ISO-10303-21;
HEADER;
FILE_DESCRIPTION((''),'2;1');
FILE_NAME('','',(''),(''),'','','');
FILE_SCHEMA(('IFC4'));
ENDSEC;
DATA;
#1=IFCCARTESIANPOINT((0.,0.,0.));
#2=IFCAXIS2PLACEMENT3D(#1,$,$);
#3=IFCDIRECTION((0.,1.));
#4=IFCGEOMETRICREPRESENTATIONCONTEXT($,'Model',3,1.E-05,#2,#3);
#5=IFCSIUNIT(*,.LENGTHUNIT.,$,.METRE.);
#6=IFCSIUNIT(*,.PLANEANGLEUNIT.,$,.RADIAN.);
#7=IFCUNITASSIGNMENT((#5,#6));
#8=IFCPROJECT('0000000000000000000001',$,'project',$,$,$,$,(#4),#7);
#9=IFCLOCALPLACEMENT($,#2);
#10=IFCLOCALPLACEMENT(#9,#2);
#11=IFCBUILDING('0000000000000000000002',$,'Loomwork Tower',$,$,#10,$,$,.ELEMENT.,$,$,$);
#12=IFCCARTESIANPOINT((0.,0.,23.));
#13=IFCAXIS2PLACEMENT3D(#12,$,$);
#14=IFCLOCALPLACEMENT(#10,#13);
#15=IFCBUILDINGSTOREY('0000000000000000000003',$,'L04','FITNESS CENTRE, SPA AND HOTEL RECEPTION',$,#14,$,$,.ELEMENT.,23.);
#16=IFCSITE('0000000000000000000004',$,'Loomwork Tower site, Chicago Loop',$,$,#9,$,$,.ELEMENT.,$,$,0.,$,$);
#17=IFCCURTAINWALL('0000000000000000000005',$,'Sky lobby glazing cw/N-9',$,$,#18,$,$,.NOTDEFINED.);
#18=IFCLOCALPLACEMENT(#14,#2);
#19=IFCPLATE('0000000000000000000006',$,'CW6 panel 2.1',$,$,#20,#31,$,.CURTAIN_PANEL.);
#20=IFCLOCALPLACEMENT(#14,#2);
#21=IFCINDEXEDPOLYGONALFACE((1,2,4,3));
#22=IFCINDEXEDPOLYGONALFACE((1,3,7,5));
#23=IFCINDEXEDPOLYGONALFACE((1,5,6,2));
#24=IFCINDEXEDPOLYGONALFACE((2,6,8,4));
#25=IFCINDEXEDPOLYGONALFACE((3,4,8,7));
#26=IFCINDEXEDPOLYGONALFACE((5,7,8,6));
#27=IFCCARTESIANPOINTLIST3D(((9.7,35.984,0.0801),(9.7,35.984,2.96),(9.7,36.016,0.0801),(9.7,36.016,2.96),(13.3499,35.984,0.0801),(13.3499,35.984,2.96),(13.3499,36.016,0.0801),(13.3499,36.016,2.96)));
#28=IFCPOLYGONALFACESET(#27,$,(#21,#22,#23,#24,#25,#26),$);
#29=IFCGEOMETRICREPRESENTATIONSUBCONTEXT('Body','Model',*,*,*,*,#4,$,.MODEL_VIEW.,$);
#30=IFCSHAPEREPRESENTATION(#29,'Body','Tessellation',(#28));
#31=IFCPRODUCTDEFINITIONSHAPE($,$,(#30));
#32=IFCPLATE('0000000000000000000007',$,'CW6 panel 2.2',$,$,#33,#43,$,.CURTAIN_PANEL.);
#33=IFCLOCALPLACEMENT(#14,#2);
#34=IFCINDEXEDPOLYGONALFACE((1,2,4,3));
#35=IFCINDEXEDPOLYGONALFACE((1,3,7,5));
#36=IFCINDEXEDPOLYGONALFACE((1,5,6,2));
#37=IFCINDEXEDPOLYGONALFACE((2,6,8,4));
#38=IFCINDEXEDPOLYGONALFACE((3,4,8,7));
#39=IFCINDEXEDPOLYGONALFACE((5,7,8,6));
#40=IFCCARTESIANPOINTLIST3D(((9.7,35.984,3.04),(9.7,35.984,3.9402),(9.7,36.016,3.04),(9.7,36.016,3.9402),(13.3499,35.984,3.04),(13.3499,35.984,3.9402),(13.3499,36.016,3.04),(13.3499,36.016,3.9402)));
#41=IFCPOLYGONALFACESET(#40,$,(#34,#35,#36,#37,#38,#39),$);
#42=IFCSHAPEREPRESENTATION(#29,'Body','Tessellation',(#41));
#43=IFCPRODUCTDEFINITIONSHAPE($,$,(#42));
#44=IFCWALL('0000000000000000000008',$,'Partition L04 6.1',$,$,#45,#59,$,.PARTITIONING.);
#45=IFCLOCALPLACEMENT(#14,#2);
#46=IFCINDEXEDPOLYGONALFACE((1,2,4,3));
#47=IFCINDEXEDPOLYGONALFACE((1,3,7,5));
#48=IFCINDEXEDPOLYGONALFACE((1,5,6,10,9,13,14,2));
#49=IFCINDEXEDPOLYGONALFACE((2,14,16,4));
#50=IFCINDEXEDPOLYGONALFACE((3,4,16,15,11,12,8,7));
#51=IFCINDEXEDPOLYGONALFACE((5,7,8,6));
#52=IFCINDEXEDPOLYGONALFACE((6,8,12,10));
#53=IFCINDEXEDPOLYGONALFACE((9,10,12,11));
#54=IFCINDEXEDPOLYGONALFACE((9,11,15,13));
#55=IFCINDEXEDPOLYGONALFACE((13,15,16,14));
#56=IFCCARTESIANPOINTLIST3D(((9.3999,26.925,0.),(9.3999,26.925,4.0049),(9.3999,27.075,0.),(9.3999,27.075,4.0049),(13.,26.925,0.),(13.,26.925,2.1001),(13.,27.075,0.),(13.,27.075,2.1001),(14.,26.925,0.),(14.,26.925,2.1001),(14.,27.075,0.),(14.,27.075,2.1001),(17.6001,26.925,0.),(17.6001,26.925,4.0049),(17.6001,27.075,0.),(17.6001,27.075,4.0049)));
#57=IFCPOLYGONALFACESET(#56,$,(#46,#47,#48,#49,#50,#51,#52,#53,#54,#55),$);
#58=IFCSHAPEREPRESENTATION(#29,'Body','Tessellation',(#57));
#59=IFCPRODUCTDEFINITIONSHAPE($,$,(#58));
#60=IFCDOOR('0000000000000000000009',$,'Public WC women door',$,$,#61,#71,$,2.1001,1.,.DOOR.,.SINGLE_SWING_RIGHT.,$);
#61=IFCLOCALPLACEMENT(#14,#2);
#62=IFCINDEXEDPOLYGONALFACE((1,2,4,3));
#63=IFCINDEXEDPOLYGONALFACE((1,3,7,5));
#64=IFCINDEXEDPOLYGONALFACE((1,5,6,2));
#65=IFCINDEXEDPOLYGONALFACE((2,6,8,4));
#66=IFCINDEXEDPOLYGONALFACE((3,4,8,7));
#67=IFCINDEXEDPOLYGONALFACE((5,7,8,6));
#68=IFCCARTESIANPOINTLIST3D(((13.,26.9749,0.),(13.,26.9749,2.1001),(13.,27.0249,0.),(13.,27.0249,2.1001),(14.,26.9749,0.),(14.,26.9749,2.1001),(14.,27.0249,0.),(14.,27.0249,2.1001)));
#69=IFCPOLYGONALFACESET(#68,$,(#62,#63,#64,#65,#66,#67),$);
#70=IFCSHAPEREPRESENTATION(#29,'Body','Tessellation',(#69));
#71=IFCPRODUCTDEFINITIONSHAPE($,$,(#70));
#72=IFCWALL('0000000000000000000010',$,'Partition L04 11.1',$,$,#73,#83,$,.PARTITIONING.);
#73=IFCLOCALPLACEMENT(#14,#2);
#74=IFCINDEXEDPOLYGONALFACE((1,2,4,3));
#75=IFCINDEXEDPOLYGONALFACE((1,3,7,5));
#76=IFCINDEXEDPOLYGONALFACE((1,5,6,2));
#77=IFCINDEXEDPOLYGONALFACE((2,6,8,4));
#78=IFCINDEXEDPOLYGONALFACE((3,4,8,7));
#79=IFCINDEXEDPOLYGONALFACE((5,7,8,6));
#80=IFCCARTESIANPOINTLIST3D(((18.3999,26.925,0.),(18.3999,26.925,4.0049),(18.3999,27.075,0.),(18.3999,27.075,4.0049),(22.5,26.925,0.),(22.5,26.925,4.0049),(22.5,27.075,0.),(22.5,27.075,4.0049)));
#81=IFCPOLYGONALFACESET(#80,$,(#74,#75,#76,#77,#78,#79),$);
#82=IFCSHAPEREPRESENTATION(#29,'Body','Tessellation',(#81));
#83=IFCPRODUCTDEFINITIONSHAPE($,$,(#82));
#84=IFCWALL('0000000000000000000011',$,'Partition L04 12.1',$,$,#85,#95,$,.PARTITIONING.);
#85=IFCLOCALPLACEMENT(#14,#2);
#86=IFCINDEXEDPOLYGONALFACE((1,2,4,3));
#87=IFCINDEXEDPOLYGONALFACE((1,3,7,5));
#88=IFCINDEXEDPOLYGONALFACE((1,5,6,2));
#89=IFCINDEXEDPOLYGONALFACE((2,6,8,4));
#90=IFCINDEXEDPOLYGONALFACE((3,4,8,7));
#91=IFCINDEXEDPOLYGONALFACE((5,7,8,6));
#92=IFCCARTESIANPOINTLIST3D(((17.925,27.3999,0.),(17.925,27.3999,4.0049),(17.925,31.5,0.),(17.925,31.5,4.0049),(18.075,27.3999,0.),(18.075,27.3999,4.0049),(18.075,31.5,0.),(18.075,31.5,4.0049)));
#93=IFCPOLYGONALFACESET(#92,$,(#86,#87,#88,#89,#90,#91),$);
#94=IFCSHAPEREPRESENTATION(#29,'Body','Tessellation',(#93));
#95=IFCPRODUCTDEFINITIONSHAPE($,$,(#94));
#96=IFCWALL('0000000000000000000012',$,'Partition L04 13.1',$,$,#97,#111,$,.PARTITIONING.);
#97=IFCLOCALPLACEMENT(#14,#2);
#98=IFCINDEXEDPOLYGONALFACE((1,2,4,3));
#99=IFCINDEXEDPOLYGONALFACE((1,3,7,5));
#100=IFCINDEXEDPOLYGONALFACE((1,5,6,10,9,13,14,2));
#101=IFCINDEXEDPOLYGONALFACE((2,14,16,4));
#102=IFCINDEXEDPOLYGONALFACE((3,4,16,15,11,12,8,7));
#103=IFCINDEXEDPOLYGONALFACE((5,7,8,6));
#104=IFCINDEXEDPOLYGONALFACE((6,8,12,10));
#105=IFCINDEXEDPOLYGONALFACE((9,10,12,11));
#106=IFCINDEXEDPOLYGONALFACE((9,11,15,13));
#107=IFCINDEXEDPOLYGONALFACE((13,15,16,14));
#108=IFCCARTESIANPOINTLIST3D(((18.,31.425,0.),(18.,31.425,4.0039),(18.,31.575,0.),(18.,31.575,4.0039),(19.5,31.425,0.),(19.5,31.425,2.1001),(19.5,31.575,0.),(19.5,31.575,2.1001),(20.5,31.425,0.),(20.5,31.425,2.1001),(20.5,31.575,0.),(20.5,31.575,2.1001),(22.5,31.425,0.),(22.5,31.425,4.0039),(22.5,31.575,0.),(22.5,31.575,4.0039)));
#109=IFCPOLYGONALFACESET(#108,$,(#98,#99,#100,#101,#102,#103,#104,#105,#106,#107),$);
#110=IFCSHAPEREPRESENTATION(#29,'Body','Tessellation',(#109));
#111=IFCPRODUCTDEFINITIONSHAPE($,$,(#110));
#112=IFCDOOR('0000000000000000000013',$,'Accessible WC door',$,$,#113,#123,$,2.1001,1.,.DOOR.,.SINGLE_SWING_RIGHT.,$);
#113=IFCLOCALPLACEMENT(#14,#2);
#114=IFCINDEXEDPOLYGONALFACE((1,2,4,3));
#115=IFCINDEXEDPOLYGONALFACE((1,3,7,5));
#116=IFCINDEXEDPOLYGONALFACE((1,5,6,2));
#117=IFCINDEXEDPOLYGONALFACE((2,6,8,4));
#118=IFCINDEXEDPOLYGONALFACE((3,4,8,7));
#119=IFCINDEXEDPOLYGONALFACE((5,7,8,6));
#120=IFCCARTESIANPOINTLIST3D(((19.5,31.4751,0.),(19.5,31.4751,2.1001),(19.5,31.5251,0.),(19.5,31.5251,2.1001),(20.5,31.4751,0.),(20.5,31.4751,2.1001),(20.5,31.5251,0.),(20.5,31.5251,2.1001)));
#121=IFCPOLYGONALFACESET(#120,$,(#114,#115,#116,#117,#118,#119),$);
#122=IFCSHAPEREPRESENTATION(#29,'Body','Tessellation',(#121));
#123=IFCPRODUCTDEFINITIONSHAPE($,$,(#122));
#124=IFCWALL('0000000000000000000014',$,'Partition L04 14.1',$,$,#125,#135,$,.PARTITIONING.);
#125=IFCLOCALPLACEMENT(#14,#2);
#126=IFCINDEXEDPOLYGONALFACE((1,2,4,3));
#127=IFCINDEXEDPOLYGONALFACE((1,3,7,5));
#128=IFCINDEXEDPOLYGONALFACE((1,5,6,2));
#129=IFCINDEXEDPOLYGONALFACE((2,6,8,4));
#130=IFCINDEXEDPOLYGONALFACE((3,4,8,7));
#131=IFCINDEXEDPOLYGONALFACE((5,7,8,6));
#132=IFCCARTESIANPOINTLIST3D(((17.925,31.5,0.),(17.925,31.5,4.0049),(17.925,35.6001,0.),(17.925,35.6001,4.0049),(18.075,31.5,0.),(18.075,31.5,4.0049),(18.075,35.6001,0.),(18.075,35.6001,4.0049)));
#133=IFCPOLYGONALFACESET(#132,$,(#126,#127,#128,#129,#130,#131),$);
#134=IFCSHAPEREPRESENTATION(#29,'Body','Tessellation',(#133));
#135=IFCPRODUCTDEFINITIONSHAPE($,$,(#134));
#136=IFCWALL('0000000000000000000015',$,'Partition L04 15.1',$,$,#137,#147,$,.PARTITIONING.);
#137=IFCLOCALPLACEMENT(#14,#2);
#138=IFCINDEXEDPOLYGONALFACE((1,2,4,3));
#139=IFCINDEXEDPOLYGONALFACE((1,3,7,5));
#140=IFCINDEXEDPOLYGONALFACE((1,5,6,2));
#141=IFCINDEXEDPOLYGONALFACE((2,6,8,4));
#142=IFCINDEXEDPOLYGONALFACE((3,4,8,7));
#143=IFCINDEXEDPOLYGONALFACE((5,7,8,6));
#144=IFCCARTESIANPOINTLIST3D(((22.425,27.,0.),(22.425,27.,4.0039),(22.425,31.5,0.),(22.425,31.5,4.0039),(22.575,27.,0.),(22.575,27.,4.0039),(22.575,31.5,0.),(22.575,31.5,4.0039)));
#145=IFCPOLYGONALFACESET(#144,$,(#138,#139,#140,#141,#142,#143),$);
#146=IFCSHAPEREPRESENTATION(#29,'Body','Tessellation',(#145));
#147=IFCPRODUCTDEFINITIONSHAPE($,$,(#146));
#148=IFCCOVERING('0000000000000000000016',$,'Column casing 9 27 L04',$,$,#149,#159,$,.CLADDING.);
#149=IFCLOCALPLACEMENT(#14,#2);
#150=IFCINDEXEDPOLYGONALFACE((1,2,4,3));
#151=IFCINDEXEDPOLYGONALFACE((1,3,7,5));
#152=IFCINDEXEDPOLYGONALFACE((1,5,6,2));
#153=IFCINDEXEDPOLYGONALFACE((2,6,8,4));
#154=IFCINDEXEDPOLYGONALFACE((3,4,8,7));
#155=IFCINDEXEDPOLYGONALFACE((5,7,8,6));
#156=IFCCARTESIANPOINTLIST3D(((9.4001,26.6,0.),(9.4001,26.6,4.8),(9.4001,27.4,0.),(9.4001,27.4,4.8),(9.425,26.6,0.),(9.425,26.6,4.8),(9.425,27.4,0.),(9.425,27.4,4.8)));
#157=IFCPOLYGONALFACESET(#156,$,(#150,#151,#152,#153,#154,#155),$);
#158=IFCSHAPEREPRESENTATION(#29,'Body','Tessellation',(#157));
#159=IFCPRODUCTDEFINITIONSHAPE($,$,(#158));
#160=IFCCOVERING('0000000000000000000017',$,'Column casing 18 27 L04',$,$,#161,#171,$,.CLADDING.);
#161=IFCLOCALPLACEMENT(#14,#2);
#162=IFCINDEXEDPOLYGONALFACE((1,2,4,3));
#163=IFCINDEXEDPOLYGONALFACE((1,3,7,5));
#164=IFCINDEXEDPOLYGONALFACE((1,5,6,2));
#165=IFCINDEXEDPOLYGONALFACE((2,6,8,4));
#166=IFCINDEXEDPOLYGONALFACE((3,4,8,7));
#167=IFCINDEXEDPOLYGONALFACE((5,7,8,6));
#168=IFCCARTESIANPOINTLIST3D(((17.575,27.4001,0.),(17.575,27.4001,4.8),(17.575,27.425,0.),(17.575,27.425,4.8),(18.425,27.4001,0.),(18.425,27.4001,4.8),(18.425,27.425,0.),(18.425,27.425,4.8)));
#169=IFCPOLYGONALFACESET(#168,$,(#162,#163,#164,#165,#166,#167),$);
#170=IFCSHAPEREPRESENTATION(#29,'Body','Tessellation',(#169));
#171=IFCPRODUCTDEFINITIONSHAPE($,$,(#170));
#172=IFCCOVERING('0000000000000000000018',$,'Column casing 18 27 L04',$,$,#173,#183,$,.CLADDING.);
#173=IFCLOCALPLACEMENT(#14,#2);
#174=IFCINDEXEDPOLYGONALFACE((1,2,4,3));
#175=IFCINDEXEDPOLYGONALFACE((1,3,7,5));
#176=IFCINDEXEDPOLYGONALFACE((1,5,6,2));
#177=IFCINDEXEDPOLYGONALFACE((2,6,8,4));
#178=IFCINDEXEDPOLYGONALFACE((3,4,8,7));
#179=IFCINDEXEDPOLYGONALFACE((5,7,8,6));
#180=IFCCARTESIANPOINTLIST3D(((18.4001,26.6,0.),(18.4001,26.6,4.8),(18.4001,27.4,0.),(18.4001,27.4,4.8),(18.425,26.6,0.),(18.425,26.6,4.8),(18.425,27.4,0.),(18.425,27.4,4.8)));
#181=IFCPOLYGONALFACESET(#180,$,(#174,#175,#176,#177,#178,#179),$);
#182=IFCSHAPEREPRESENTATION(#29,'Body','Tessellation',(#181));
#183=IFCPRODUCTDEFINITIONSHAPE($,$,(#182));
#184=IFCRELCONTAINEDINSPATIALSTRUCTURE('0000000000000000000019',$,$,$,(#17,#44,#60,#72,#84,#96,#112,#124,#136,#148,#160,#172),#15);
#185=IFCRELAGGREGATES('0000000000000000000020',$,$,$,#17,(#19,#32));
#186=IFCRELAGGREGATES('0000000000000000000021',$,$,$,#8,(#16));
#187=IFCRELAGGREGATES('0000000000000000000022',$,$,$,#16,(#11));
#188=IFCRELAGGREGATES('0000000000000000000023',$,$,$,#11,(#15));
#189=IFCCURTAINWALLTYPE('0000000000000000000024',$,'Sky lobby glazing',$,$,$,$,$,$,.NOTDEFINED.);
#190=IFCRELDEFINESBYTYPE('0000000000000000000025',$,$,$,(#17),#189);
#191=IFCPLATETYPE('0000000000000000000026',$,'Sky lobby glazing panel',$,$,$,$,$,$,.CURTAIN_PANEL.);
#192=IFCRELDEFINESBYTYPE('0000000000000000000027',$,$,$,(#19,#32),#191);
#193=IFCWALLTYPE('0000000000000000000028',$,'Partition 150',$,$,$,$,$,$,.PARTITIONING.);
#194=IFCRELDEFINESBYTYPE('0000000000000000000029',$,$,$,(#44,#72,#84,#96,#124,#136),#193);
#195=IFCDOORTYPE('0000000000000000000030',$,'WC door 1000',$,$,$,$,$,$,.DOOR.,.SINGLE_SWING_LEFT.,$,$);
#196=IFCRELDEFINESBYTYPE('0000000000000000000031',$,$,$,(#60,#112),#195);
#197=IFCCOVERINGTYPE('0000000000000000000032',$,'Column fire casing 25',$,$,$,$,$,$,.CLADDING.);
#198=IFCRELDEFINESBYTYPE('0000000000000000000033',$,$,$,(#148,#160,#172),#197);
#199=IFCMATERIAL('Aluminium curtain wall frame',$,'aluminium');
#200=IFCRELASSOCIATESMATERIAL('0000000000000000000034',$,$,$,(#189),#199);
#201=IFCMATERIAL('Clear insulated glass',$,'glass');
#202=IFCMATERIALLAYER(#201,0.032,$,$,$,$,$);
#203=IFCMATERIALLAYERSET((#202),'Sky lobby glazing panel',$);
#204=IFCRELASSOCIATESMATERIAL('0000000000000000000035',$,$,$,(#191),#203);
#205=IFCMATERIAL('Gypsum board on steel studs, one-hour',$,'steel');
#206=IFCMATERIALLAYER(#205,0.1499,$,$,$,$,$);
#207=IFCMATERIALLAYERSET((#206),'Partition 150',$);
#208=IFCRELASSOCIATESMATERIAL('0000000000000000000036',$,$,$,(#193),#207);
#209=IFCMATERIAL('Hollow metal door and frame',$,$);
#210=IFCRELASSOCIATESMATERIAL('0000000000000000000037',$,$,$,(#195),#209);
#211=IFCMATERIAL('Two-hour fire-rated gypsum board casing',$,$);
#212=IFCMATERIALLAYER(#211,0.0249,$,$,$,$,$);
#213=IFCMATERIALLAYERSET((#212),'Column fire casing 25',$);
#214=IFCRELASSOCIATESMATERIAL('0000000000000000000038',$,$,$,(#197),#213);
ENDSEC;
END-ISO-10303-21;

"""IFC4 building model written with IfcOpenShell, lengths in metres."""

from ifc_helpers import new_model, si_unit, direction, frame, frame_2d, origin, origin_2d, place, context, subcontext, project, spatial, rectangle, extrude, material, layer, layer_set, type_object, element, fill, aggregate, save


model = new_model("IFC4")

# Units and contexts
model_context = context("Model", 3, precision=1e-05, world=origin(), true_north=direction((0.0, 1.0)))
body_context = subcontext(model_context, "Body", "Model", "MODEL_VIEW")
ifc_project = project(units=[si_unit("LENGTHUNIT", "METRE"), si_unit("PLANEANGLEUNIT", "RADIAN")], contexts=[model_context])

# Site, building, storey
site_placement = place(None, origin())
site = spatial("IfcSite", under=ifc_project, at=site_placement, Name="Loomwork Tower site, Chicago Loop", CompositionType="ELEMENT", RefElevation=0.0)
building_placement = place(site_placement, origin())
building = spatial("IfcBuilding", under=site, at=building_placement, Name="Loomwork Tower", CompositionType="ELEMENT")
storey_placement = place(building_placement, frame((0.0, 0.0, 23.0)))
storey = spatial("IfcBuildingStorey", under=building, at=storey_placement, Name="L04", Description="FITNESS CENTRE, SPA AND HOTEL RECEPTION", CompositionType="ELEMENT", Elevation=23.0)

# Curtain wall
ifc_material_1 = material(Name="Aluminium curtain wall frame", Category="aluminium")
curtain_wall_type = type_object("IfcCurtainWallType", Name="Sky lobby glazing", PredefinedType="NOTDEFINED", material=ifc_material_1)
curtain_wall_placement = place(storey_placement, origin())
curtain_wall = element("IfcCurtainWall", 1, at=curtain_wall_placement, inside=storey, type_object=curtain_wall_type, Name="Sky lobby glazing cw/N-9", PredefinedType="NOTDEFINED")

# Plates
ifc_material_2 = material(Name="Clear insulated glass", Category="glass")
ifc_layer_1 = layer(ifc_material_2, 0.032)
ifc_layer_set_1 = layer_set([ifc_layer_1], Name="Sky lobby glazing panel")
plate_type = type_object("IfcPlateType", Name="Sky lobby glazing panel", PredefinedType="CURTAIN_PANEL", material=ifc_layer_set_1)
plate_1_placement = place(storey_placement, frame((11.5249, 36.0, 0.0801), z_axis=(0.0, 0.0, 1.0), x_axis=(-1.0, 0.0, 0.0)))
plate_1 = element("IfcPlate", 2, at=plate_1_placement, type_object=plate_type, Name="CW6 panel 2.1", PredefinedType="CURTAIN_PANEL", context=body_context, shape_type="SweptSolid", body=[
    extrude(rectangle(XDim=3.6499, YDim=0.032, at=origin_2d()), origin(), (0.0, 0.0, 1.0), 2.8799),
])
plate_2_placement = place(storey_placement, frame((11.5249, 36.0, 3.04), z_axis=(0.0, 0.0, 1.0), x_axis=(-1.0, 0.0, 0.0)))
plate_2 = element("IfcPlate", 3, at=plate_2_placement, type_object=plate_type, Name="CW6 panel 2.2", PredefinedType="CURTAIN_PANEL", context=body_context, shape_type="SweptSolid", body=[
    extrude(rectangle(XDim=3.6499, YDim=0.032, at=origin_2d()), origin(), (0.0, 0.0, 1.0), 0.9001),
])
aggregate(curtain_wall, [plate_1, plate_2])

# Wall, opening, door
ifc_material_3 = material(Name="Gypsum board on steel studs, one-hour", Category="steel")
ifc_layer_2 = layer(ifc_material_3, 0.1499)
ifc_layer_set_2 = layer_set([ifc_layer_2], Name="Partition 150")
wall_type = type_object("IfcWallType", Name="Partition 150", PredefinedType="PARTITIONING", material=ifc_layer_set_2)
wall_1_placement = place(storey_placement, frame((17.6001, 27.0, 0.0), z_axis=(0.0, 0.0, 1.0), x_axis=(-1.0, 0.0, 0.0)))
wall_1 = element("IfcWall", 4, at=wall_1_placement, inside=storey, type_object=wall_type, Name="Partition L04 6.1", PredefinedType="PARTITIONING", context=body_context, shape_type="SweptSolid", body=[
    extrude(rectangle(XDim=8.2002, YDim=0.1499, at=frame_2d((4.1001, 0.0))), origin(), (0.0, 0.0, 1.0), 4.0049),
])
opening_1_placement = place(wall_1_placement, frame((3.6001, 0.0, 0.0)))
opening_1 = element("IfcOpeningElement", 5, at=opening_1_placement, cuts=wall_1, PredefinedType="OPENING", context=body_context, shape_type="SweptSolid", body=[
    extrude(rectangle(XDim=1.0, YDim=2.1001, at=frame_2d((0.5, 1.05))), frame((0.0, 0.085, 0.0), z_axis=(0.0, -1.0, 0.0), x_axis=(1.0, 0.0, 0.0)), (0.0, 0.0, 1.0), 0.1699),
])
ifc_material_4 = material(Name="Hollow metal door and frame")
door_type = type_object("IfcDoorType", Name="WC door 1000", OperationType="SINGLE_SWING_LEFT", PredefinedType="DOOR", material=ifc_material_4)
door_1_placement = place(opening_1_placement, frame((1.0, 0.0, 0.0), z_axis=(0.0, 0.0, 1.0), x_axis=(-1.0, 0.0, 0.0)))
door_1 = element("IfcDoor", 6, at=door_1_placement, inside=storey, type_object=door_type, Name="Public WC women door", OperationType="SINGLE_SWING_RIGHT", OverallHeight=2.1001, OverallWidth=1.0, PredefinedType="DOOR", context=body_context, shape_type="SweptSolid", body=[
    extrude(rectangle(XDim=1.0, YDim=2.1001, at=frame_2d((0.5, 1.05))), frame((0.0, 0.0249, 0.0), z_axis=(0.0, -1.0, 0.0), x_axis=(1.0, 0.0, 0.0)), (0.0, 0.0, 1.0), 0.05),
])
fill(opening_1, door_1)

# Walls
for number, where, z_axis, x_axis, name in (
    (7, (22.5, 27.0, 0.0), (0.0, 0.0, 1.0), (-1.0, 0.0, 0.0), "Partition L04 11.1"),
    (8, (18.0, 31.5, 0.0), (0.0, 0.0, 1.0), (0.0, -1.0, 0.0), "Partition L04 12.1"),
):
    element("IfcWall", number, at=place(storey_placement, frame(where, z_axis=z_axis, x_axis=x_axis)), inside=storey, type_object=wall_type, Name=name, PredefinedType="PARTITIONING", context=body_context, shape_type="SweptSolid", body=[
        extrude(rectangle(XDim=4.1001, YDim=0.1499, at=frame_2d((2.05, 0.0))), origin(), (0.0, 0.0, 1.0), 4.0049),
    ])

# Wall, opening, door
wall_2_placement = place(storey_placement, frame((18.0, 31.5, 0.0), z_axis=(0.0, 0.0, 1.0), x_axis=(1.0, 0.0, 0.0)))
wall_2 = element("IfcWall", 9, at=wall_2_placement, inside=storey, type_object=wall_type, Name="Partition L04 13.1", PredefinedType="PARTITIONING", context=body_context, shape_type="SweptSolid", body=[
    extrude(rectangle(XDim=4.5, YDim=0.1499, at=frame_2d((2.25, 0.0))), origin(), (0.0, 0.0, 1.0), 4.0039),
])
opening_2_placement = place(wall_2_placement, frame((1.5, 0.0, 0.0)))
opening_2 = element("IfcOpeningElement", 10, at=opening_2_placement, cuts=wall_2, PredefinedType="OPENING", context=body_context, shape_type="SweptSolid", body=[
    extrude(rectangle(XDim=1.0, YDim=2.1001, at=frame_2d((0.5, 1.05))), frame((0.0, 0.085, 0.0), z_axis=(0.0, -1.0, 0.0), x_axis=(1.0, 0.0, 0.0)), (0.0, 0.0, 1.0), 0.1699),
])
door_2_placement = place(opening_2_placement, frame((1.0, 0.0, 0.0), z_axis=(0.0, 0.0, 1.0), x_axis=(-1.0, 0.0, 0.0)))
door_2 = element("IfcDoor", 11, at=door_2_placement, inside=storey, type_object=door_type, Name="Accessible WC door", OperationType="SINGLE_SWING_RIGHT", OverallHeight=2.1001, OverallWidth=1.0, PredefinedType="DOOR", context=body_context, shape_type="SweptSolid", body=[
    extrude(rectangle(XDim=1.0, YDim=2.1001, at=frame_2d((0.5, 1.05))), frame((0.0, 0.0249, 0.0), z_axis=(0.0, -1.0, 0.0), x_axis=(1.0, 0.0, 0.0)), (0.0, 0.0, 1.0), 0.05),
])
fill(opening_2, door_2)

# Walls
wall_3_placement = place(storey_placement, frame((18.0, 35.6001, 0.0), z_axis=(0.0, 0.0, 1.0), x_axis=(0.0, -1.0, 0.0)))
element("IfcWall", 12, at=wall_3_placement, inside=storey, type_object=wall_type, Name="Partition L04 14.1", PredefinedType="PARTITIONING", context=body_context, shape_type="SweptSolid", body=[
    extrude(rectangle(XDim=4.1001, YDim=0.1499, at=frame_2d((2.05, 0.0))), origin(), (0.0, 0.0, 1.0), 4.0049),
])
wall_4_placement = place(storey_placement, frame((22.5, 31.5, 0.0), z_axis=(0.0, 0.0, 1.0), x_axis=(0.0, -1.0, 0.0)))
element("IfcWall", 13, at=wall_4_placement, inside=storey, type_object=wall_type, Name="Partition L04 15.1", PredefinedType="PARTITIONING", context=body_context, shape_type="SweptSolid", body=[
    extrude(rectangle(XDim=4.5, YDim=0.1499, at=frame_2d((2.25, 0.0))), origin(), (0.0, 0.0, 1.0), 4.0039),
])

# Coverings
ifc_material_5 = material(Name="Two-hour fire-rated gypsum board casing")
ifc_layer_3 = layer(ifc_material_5, 0.0249)
ifc_layer_set_3 = layer_set([ifc_layer_3], Name="Column fire casing 25")
covering_type = type_object("IfcCoveringType", Name="Column fire casing 25", PredefinedType="CLADDING", material=ifc_layer_set_3)
covering_1_placement = place(storey_placement, frame((9.4126, 27.0, 0.0), z_axis=(0.0, 0.0, 1.0), x_axis=(1.0, 0.0, 0.0)))
element("IfcCovering", 14, at=covering_1_placement, inside=storey, type_object=covering_type, Name="Column casing 9 27 L04", PredefinedType="CLADDING", context=body_context, shape_type="SweptSolid", body=[
    extrude(rectangle(XDim=0.0249, YDim=0.8, at=origin_2d()), origin(), (0.0, 0.0, 1.0), 4.8),
])
covering_2_placement = place(storey_placement, frame((18.0, 27.4126, 0.0), z_axis=(0.0, 0.0, 1.0), x_axis=(1.0, 0.0, 0.0)))
element("IfcCovering", 15, at=covering_2_placement, inside=storey, type_object=covering_type, Name="Column casing 18 27 L04", PredefinedType="CLADDING", context=body_context, shape_type="SweptSolid", body=[
    extrude(rectangle(XDim=0.8501, YDim=0.0249, at=origin_2d()), origin(), (0.0, 0.0, 1.0), 4.8),
])
for number, where, z_axis, x_axis, name in (
    (16, (18.4126, 27.0, 0.0), (0.0, 0.0, 1.0), (1.0, 0.0, 0.0), "Column casing 18 27 L04"),
):
    element("IfcCovering", number, at=place(storey_placement, frame(where, z_axis=z_axis, x_axis=x_axis)), inside=storey, type_object=covering_type, Name=name, PredefinedType="CLADDING", context=body_context, shape_type="SweptSolid", body=[
        extrude(rectangle(XDim=0.0249, YDim=0.8, at=origin_2d()), origin(), (0.0, 0.0, 1.0), 4.8),
    ])

save(model, "model.ifc")
